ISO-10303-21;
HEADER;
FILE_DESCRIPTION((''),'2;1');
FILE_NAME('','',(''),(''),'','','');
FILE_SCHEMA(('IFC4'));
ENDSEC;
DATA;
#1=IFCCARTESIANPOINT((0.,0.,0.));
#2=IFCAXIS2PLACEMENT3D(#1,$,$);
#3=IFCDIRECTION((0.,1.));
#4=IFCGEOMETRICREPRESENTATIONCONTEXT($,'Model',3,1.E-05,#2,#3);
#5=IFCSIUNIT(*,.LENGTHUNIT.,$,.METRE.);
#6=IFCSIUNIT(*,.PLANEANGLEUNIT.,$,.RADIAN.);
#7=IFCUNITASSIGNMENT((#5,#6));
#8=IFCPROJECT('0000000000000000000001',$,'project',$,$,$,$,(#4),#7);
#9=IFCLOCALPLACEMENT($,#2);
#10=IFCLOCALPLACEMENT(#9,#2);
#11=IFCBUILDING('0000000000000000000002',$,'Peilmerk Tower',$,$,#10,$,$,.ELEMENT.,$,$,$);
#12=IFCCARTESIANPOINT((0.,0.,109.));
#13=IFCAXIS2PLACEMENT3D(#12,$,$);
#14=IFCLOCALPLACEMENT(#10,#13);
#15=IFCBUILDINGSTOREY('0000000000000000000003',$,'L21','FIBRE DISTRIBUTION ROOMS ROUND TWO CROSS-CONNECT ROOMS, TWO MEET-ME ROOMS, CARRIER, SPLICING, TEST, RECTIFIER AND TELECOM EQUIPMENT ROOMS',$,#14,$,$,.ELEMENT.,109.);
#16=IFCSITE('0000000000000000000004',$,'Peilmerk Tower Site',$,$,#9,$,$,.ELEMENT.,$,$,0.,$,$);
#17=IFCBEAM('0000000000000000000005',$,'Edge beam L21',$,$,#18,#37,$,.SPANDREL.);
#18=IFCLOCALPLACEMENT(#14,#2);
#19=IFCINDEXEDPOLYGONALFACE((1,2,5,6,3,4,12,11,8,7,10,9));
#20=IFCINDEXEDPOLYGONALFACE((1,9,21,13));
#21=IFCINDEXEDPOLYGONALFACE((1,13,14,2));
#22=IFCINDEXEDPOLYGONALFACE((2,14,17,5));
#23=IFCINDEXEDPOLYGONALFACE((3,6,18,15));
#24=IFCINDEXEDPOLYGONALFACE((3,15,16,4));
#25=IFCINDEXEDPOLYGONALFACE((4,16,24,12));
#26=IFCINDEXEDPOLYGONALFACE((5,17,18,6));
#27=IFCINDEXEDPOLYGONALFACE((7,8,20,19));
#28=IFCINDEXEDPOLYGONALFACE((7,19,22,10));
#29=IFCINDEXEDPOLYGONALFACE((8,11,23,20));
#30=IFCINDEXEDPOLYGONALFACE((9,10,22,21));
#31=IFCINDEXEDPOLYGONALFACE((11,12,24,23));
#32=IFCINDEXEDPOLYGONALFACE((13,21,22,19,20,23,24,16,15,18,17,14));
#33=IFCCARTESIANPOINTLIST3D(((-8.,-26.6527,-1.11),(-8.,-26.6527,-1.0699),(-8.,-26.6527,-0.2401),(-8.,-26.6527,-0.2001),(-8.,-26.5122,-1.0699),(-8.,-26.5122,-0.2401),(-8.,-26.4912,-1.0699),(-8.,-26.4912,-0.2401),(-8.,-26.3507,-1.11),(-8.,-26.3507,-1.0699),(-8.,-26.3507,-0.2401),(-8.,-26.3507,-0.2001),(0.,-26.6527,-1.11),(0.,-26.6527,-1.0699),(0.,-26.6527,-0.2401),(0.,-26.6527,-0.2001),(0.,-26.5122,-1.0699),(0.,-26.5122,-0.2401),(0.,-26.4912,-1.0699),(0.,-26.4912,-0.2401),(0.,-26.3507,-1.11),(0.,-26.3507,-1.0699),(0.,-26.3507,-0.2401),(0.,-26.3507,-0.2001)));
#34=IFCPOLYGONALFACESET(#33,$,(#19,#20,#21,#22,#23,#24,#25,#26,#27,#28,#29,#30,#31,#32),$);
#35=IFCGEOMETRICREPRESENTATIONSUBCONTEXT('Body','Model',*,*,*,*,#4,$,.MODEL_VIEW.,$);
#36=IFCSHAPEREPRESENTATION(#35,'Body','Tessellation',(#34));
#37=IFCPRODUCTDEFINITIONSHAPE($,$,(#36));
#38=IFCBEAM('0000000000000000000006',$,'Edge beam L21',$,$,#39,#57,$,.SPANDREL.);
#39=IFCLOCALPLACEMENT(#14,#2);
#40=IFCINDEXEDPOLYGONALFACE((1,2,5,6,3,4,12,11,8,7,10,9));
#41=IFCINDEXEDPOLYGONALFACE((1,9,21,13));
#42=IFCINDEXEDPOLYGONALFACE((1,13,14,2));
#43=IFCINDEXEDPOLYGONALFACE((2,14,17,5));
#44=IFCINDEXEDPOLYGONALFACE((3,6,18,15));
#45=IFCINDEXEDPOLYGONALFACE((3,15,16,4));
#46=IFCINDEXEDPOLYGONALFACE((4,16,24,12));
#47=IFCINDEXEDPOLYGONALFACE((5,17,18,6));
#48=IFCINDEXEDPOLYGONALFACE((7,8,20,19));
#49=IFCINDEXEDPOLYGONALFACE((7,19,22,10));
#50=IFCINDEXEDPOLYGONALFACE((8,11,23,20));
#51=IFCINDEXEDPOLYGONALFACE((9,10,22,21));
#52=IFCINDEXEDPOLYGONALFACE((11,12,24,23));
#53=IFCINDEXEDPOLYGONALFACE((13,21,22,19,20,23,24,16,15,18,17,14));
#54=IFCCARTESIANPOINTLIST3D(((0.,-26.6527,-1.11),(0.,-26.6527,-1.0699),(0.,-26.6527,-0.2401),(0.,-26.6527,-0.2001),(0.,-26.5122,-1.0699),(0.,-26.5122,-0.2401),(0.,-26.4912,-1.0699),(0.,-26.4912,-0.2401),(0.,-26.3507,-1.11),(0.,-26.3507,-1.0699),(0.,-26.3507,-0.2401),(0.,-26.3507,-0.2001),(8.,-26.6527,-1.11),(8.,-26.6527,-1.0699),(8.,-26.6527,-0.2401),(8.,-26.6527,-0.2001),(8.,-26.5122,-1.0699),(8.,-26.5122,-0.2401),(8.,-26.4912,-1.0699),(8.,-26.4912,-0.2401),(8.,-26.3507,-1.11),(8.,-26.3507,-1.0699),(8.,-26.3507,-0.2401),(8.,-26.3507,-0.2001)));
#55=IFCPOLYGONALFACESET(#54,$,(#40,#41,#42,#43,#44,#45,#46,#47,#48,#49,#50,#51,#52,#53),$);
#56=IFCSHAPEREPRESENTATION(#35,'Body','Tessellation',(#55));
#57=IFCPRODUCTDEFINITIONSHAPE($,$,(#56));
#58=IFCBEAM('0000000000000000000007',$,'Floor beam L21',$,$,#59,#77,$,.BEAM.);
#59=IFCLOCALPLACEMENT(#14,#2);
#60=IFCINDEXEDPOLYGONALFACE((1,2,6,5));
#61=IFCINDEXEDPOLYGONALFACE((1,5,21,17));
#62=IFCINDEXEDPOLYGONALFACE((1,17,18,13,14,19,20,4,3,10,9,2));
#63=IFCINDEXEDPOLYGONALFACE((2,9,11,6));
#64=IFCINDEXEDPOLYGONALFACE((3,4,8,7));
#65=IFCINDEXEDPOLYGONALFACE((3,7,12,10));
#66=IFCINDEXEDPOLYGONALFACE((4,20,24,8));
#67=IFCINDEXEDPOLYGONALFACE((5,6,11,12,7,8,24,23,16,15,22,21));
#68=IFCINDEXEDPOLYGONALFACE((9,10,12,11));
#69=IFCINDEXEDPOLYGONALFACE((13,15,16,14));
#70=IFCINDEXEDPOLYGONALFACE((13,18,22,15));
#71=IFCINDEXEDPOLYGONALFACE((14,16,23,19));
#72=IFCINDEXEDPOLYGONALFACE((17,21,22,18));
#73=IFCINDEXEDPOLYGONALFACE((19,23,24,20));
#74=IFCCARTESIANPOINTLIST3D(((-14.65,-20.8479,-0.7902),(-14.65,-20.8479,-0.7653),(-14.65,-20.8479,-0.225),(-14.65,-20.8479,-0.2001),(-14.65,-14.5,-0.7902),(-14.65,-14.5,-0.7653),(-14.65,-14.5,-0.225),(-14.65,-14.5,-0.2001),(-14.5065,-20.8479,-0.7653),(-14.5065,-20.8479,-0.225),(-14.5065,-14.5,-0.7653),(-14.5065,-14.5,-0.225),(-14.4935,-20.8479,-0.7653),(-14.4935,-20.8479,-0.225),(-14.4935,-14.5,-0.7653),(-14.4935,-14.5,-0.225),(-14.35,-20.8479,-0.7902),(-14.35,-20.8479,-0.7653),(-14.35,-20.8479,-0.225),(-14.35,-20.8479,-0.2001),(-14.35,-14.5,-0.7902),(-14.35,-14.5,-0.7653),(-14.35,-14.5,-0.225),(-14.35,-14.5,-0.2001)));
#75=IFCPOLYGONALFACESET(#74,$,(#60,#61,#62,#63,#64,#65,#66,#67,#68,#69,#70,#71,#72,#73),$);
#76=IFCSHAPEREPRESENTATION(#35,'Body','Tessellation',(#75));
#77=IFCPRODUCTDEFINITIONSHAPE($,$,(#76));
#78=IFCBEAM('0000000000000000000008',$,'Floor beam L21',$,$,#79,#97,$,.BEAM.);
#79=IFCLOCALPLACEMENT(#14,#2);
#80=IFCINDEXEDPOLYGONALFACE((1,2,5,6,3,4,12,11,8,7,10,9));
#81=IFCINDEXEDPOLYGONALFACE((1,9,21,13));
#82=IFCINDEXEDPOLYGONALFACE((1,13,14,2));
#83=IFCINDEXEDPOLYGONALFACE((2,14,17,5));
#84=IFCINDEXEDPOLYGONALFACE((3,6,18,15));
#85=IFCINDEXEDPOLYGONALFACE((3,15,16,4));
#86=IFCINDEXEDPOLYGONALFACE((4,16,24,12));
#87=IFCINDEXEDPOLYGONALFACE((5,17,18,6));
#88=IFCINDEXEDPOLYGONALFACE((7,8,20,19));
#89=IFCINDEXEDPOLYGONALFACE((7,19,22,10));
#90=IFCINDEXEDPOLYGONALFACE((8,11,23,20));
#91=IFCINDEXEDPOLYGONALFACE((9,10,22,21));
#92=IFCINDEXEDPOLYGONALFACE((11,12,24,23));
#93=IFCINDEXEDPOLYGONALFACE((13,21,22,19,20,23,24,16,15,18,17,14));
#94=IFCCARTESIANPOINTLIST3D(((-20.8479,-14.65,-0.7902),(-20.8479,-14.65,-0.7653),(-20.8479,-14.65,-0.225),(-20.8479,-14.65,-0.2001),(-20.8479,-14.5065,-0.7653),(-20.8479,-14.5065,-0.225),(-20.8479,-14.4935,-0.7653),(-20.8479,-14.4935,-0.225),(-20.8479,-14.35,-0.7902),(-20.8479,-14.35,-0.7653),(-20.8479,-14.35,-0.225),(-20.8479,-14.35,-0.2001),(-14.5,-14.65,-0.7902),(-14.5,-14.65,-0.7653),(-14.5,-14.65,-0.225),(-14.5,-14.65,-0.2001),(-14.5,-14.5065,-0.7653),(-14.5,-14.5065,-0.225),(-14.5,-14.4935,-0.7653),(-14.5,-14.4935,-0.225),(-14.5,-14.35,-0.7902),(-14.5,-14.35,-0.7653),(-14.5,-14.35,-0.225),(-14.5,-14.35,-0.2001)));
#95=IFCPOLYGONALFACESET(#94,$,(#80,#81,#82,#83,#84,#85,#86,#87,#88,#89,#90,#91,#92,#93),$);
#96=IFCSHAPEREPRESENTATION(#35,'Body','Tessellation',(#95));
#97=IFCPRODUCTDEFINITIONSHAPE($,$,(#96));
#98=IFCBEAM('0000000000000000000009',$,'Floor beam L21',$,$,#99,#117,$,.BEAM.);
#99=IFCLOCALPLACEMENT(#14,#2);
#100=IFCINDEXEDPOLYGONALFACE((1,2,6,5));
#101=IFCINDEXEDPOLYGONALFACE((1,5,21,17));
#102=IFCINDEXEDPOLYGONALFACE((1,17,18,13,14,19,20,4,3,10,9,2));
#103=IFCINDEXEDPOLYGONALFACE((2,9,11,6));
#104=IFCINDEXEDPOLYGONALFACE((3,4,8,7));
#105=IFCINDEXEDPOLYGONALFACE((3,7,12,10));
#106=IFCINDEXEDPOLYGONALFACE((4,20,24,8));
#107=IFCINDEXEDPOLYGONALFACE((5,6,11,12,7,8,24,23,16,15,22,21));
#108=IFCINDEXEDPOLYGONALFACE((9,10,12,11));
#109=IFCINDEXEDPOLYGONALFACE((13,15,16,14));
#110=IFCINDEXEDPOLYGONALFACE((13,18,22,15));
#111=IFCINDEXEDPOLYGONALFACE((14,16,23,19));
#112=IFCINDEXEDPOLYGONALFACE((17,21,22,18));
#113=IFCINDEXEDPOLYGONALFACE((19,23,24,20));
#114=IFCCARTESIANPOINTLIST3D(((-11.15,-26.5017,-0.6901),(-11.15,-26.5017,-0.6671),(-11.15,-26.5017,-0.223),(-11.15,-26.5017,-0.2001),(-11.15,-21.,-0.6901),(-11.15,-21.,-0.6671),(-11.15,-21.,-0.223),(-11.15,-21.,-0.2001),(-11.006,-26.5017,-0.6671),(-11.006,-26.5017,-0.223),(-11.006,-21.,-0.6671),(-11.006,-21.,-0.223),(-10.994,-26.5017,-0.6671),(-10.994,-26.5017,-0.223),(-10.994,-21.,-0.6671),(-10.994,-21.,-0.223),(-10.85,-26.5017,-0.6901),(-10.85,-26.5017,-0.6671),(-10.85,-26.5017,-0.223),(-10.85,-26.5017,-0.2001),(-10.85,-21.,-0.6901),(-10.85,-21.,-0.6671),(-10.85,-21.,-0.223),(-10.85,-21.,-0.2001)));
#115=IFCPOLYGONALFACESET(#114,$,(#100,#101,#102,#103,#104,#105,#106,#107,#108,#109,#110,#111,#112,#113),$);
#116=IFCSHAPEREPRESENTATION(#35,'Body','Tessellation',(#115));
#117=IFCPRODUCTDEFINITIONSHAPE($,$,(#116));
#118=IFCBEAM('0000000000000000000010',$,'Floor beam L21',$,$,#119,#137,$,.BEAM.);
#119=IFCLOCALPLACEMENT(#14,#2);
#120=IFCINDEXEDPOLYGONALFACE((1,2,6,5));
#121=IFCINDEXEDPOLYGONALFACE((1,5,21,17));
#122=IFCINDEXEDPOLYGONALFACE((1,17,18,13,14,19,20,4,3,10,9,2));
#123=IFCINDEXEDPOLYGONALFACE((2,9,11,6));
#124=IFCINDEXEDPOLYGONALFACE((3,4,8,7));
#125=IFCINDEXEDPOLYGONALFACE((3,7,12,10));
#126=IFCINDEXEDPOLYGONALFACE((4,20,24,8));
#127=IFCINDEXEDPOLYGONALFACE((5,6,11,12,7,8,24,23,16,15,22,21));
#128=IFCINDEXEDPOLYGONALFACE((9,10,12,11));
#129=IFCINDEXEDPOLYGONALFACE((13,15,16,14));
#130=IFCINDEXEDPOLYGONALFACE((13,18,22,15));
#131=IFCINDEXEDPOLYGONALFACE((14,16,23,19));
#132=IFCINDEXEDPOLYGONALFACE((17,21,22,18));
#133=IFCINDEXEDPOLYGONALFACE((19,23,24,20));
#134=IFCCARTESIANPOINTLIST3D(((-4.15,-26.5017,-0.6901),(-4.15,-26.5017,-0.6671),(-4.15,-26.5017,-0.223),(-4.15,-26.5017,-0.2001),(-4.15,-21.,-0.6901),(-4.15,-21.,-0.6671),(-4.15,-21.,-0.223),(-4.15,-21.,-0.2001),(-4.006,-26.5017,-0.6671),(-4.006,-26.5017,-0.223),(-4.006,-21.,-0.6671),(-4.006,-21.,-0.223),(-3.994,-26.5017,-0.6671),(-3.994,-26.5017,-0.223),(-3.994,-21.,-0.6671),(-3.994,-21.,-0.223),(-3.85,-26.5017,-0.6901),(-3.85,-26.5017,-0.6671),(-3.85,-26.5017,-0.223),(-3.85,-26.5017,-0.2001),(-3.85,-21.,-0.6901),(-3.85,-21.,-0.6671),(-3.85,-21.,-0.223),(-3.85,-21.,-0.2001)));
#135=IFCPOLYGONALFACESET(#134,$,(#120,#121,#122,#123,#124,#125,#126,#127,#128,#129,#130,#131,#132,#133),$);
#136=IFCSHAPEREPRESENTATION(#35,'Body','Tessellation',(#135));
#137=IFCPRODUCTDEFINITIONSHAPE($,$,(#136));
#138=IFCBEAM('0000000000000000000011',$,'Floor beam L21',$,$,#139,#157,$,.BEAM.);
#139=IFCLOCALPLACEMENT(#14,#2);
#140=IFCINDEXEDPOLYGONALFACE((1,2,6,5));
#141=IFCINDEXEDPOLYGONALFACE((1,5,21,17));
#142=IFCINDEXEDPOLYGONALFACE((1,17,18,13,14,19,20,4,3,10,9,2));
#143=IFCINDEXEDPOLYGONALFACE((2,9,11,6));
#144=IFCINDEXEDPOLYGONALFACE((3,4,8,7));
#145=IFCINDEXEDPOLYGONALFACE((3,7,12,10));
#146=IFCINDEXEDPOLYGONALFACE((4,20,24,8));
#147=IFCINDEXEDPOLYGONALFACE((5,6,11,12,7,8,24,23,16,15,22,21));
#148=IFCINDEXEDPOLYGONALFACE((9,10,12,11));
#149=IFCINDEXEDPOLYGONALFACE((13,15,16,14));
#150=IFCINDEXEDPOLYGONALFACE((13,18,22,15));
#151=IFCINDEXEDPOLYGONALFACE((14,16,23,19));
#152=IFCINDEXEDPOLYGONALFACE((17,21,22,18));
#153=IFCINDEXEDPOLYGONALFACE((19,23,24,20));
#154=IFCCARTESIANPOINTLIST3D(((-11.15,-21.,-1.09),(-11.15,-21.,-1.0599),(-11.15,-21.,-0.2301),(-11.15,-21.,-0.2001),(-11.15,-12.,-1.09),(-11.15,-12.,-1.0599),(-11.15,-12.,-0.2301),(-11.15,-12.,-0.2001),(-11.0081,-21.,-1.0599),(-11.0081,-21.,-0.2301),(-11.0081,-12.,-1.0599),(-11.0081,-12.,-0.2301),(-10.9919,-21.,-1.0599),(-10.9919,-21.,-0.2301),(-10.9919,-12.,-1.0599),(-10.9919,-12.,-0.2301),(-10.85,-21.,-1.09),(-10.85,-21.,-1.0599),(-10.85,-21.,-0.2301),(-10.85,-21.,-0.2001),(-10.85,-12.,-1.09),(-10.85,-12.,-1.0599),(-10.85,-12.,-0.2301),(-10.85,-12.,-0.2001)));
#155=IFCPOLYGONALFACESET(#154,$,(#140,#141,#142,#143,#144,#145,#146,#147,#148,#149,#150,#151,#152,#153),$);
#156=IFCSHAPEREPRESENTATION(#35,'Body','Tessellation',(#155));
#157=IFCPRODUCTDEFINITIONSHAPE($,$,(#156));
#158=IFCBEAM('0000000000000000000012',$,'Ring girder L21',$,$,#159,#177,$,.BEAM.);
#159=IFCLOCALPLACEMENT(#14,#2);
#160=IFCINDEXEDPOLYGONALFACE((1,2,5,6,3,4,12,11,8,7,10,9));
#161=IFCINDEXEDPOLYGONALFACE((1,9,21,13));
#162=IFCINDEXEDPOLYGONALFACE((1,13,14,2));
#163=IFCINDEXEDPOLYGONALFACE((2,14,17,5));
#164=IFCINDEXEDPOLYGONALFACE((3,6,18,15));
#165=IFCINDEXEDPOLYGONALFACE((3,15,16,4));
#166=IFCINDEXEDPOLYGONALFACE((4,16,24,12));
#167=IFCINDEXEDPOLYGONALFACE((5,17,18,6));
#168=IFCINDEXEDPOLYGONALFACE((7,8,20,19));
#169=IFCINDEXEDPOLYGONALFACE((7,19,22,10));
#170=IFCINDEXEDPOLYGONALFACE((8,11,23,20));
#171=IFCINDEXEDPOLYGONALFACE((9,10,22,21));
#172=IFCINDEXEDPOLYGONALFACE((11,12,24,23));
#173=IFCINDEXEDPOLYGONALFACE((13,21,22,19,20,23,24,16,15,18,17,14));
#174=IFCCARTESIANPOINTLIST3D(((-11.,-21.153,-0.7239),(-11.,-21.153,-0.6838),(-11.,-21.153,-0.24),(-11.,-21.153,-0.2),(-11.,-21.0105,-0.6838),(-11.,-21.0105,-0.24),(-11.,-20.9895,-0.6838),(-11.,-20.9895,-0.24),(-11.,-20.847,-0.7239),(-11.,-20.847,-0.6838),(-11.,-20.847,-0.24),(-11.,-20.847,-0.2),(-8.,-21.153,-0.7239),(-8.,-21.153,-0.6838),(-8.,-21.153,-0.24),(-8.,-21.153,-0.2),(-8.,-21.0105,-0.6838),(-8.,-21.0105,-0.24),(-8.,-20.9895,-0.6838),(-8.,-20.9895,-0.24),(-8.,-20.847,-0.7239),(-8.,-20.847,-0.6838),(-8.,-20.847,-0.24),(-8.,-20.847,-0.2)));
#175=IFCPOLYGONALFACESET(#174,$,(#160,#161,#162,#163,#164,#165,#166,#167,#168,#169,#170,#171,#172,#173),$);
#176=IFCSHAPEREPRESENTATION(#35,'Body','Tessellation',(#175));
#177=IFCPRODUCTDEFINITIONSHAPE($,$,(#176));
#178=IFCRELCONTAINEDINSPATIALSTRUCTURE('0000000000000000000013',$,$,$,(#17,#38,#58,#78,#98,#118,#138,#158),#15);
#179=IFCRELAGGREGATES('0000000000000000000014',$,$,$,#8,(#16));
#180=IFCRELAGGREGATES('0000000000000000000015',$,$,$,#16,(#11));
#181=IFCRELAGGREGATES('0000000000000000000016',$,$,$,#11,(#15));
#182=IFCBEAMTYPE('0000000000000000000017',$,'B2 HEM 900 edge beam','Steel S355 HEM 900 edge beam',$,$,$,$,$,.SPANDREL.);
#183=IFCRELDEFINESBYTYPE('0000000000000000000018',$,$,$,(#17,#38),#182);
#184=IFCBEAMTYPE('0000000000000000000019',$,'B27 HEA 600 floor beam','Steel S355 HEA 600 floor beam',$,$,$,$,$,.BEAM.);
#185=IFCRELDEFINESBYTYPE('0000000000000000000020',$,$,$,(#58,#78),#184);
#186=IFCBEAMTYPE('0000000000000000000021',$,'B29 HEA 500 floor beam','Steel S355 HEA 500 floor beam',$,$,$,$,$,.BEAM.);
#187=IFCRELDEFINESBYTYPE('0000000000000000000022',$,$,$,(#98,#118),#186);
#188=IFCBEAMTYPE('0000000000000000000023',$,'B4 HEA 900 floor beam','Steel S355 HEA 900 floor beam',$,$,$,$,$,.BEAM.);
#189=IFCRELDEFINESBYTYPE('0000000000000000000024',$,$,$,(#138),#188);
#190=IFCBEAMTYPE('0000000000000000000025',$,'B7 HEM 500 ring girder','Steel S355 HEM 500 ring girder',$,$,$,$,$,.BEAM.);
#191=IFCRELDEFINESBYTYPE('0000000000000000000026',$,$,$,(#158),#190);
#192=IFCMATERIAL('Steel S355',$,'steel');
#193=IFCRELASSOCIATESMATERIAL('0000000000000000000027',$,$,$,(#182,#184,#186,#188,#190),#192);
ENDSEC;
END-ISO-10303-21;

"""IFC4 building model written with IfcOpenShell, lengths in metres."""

from ifc_helpers import new_model, si_unit, direction, frame, origin, origin_2d, place, context, subcontext, project, spatial, i_section, extrude, material, material_profile, profile_set, type_object, element, save


model = new_model("IFC4")

# Units and contexts
model_context = context("Model", 3, precision=1e-05, world=origin(), true_north=direction((0.0, 1.0)))
body_context = subcontext(model_context, "Body", "Model", "MODEL_VIEW")
ifc_project = project(units=[si_unit("LENGTHUNIT", "METRE"), si_unit("PLANEANGLEUNIT", "RADIAN")], contexts=[model_context])

# Site, building, storey
site_placement = place(None, origin())
site = spatial("IfcSite", under=ifc_project, at=site_placement, Name="Peilmerk Tower Site", CompositionType="ELEMENT", RefElevation=0.0)
building_placement = place(site_placement, origin())
building = spatial("IfcBuilding", under=site, at=building_placement, Name="Peilmerk Tower", CompositionType="ELEMENT")
storey_placement = place(building_placement, frame((0.0, 0.0, 109.0)))
storey = spatial("IfcBuildingStorey", under=building, at=storey_placement, Name="L21", Description="FIBRE DISTRIBUTION ROOMS ROUND TWO CROSS-CONNECT ROOMS, TWO MEET-ME ROOMS, CARRIER, SPLICING, TEST, RECTIFIER AND TELECOM EQUIPMENT ROOMS", CompositionType="ELEMENT", Elevation=109.0)

# Beams
ifc_material_1 = material(Name="Steel S355", Category="steel")
ifc_material_profile_1 = material_profile(ifc_material_1, i_section(OverallWidth=0.302, OverallDepth=0.9099, WebThickness=0.021, FlangeThickness=0.04, at=origin_2d()), Name="HEM 900")
ifc_profile_set_1 = profile_set([ifc_material_profile_1], Name="Steel S355")
beam_type_1 = type_object("IfcBeamType", Name="B2 HEM 900 edge beam", Description="Steel S355 HEM 900 edge beam", PredefinedType="SPANDREL", material=ifc_profile_set_1)
for number, where, z_axis, x_axis, name in (
    (1, (-8.0, -26.5017, -0.655), (1.0, 0.0, 0.0), (0.0, 1.0, 0.0), "Edge beam L21"),
    (2, (0.0, -26.5017, -0.655), (1.0, 0.0, 0.0), (0.0, 1.0, 0.0), "Edge beam L21"),
):
    element("IfcBeam", number, at=place(storey_placement, frame(where, z_axis=z_axis, x_axis=x_axis)), inside=storey, type_object=beam_type_1, Name=name, PredefinedType="SPANDREL", context=body_context, shape_type="SweptSolid", body=[
        extrude(i_section(OverallWidth=0.302, OverallDepth=0.9099, WebThickness=0.021, FlangeThickness=0.04, at=origin_2d()), origin(), (0.0, 0.0, 1.0), 8.0),
    ])
ifc_material_profile_2 = material_profile(ifc_material_1, i_section(OverallWidth=0.3, OverallDepth=0.5901, WebThickness=0.0129, FlangeThickness=0.0249, at=origin_2d()), Name="HEA 600")
ifc_profile_set_2 = profile_set([ifc_material_profile_2], Name="Steel S355")
beam_type_2 = type_object("IfcBeamType", Name="B27 HEA 600 floor beam", Description="Steel S355 HEA 600 floor beam", PredefinedType="BEAM", material=ifc_profile_set_2)
for number, where, z_axis, x_axis, name in (
    (3, (-14.5, -14.5, -0.4951), (0.0, -1.0, 0.0), (1.0, 0.0, 0.0), "Floor beam L21"),
    (4, (-14.5, -14.5, -0.4951), (-1.0, 0.0, 0.0), (0.0, -1.0, 0.0), "Floor beam L21"),
):
    element("IfcBeam", number, at=place(storey_placement, frame(where, z_axis=z_axis, x_axis=x_axis)), inside=storey, type_object=beam_type_2, Name=name, PredefinedType="BEAM", context=body_context, shape_type="SweptSolid", body=[
        extrude(i_section(OverallWidth=0.3, OverallDepth=0.5901, WebThickness=0.0129, FlangeThickness=0.0249, at=origin_2d()), origin(), (0.0, 0.0, 1.0), 6.3479),
    ])
ifc_material_profile_3 = material_profile(ifc_material_1, i_section(OverallWidth=0.3, OverallDepth=0.49, WebThickness=0.012, FlangeThickness=0.0229, at=origin_2d()), Name="HEA 500")
ifc_profile_set_3 = profile_set([ifc_material_profile_3], Name="Steel S355")
beam_type_3 = type_object("IfcBeamType", Name="B29 HEA 500 floor beam", Description="Steel S355 HEA 500 floor beam", PredefinedType="BEAM", material=ifc_profile_set_3)
for number, where, z_axis, x_axis, name in (
    (5, (-11.0, -21.0, -0.4451), (0.0, -1.0, 0.0), (1.0, 0.0, 0.0), "Floor beam L21"),
    (6, (-4.0, -21.0, -0.4451), (0.0, -1.0, 0.0), (1.0, 0.0, 0.0), "Floor beam L21"),
):
    element("IfcBeam", number, at=place(storey_placement, frame(where, z_axis=z_axis, x_axis=x_axis)), inside=storey, type_object=beam_type_3, Name=name, PredefinedType="BEAM", context=body_context, shape_type="SweptSolid", body=[
        extrude(i_section(OverallWidth=0.3, OverallDepth=0.49, WebThickness=0.012, FlangeThickness=0.0229, at=origin_2d()), origin(), (0.0, 0.0, 1.0), 5.5017),
    ])
ifc_material_profile_4 = material_profile(ifc_material_1, i_section(OverallWidth=0.3, OverallDepth=0.8899, WebThickness=0.0161, FlangeThickness=0.03, at=origin_2d()), Name="HEA 900")
ifc_profile_set_4 = profile_set([ifc_material_profile_4], Name="Steel S355")
beam_type_4 = type_object("IfcBeamType", Name="B4 HEA 900 floor beam", Description="Steel S355 HEA 900 floor beam", PredefinedType="BEAM", material=ifc_profile_set_4)
beam_1_placement = place(storey_placement, frame((-11.0, -12.0, -0.645), z_axis=(0.0, -1.0, 0.0), x_axis=(1.0, 0.0, 0.0)))
element("IfcBeam", 7, at=beam_1_placement, inside=storey, type_object=beam_type_4, Name="Floor beam L21", PredefinedType="BEAM", context=body_context, shape_type="SweptSolid", body=[
    extrude(i_section(OverallWidth=0.3, OverallDepth=0.8899, WebThickness=0.0161, FlangeThickness=0.03, at=origin_2d()), origin(), (0.0, 0.0, 1.0), 9.0),
])
ifc_material_profile_5 = material_profile(ifc_material_1, i_section(OverallWidth=0.3059, OverallDepth=0.5239, WebThickness=0.021, FlangeThickness=0.04, at=origin_2d()), Name="HEM 500")
ifc_profile_set_5 = profile_set([ifc_material_profile_5], Name="Steel S355")
beam_type_5 = type_object("IfcBeamType", Name="B7 HEM 500 ring girder", Description="Steel S355 HEM 500 ring girder", PredefinedType="BEAM", material=ifc_profile_set_5)
beam_2_placement = place(storey_placement, frame((-11.0, -21.0, -0.4619), z_axis=(1.0, 0.0, 0.0), x_axis=(0.0, 1.0, 0.0)))
element("IfcBeam", 8, at=beam_2_placement, inside=storey, type_object=beam_type_5, Name="Ring girder L21", PredefinedType="BEAM", context=body_context, shape_type="SweptSolid", body=[
    extrude(i_section(OverallWidth=0.3059, OverallDepth=0.5239, WebThickness=0.021, FlangeThickness=0.04, at=origin_2d()), origin(), (0.0, 0.0, 1.0), 3.0),
])

save(model, "model.ifc")
